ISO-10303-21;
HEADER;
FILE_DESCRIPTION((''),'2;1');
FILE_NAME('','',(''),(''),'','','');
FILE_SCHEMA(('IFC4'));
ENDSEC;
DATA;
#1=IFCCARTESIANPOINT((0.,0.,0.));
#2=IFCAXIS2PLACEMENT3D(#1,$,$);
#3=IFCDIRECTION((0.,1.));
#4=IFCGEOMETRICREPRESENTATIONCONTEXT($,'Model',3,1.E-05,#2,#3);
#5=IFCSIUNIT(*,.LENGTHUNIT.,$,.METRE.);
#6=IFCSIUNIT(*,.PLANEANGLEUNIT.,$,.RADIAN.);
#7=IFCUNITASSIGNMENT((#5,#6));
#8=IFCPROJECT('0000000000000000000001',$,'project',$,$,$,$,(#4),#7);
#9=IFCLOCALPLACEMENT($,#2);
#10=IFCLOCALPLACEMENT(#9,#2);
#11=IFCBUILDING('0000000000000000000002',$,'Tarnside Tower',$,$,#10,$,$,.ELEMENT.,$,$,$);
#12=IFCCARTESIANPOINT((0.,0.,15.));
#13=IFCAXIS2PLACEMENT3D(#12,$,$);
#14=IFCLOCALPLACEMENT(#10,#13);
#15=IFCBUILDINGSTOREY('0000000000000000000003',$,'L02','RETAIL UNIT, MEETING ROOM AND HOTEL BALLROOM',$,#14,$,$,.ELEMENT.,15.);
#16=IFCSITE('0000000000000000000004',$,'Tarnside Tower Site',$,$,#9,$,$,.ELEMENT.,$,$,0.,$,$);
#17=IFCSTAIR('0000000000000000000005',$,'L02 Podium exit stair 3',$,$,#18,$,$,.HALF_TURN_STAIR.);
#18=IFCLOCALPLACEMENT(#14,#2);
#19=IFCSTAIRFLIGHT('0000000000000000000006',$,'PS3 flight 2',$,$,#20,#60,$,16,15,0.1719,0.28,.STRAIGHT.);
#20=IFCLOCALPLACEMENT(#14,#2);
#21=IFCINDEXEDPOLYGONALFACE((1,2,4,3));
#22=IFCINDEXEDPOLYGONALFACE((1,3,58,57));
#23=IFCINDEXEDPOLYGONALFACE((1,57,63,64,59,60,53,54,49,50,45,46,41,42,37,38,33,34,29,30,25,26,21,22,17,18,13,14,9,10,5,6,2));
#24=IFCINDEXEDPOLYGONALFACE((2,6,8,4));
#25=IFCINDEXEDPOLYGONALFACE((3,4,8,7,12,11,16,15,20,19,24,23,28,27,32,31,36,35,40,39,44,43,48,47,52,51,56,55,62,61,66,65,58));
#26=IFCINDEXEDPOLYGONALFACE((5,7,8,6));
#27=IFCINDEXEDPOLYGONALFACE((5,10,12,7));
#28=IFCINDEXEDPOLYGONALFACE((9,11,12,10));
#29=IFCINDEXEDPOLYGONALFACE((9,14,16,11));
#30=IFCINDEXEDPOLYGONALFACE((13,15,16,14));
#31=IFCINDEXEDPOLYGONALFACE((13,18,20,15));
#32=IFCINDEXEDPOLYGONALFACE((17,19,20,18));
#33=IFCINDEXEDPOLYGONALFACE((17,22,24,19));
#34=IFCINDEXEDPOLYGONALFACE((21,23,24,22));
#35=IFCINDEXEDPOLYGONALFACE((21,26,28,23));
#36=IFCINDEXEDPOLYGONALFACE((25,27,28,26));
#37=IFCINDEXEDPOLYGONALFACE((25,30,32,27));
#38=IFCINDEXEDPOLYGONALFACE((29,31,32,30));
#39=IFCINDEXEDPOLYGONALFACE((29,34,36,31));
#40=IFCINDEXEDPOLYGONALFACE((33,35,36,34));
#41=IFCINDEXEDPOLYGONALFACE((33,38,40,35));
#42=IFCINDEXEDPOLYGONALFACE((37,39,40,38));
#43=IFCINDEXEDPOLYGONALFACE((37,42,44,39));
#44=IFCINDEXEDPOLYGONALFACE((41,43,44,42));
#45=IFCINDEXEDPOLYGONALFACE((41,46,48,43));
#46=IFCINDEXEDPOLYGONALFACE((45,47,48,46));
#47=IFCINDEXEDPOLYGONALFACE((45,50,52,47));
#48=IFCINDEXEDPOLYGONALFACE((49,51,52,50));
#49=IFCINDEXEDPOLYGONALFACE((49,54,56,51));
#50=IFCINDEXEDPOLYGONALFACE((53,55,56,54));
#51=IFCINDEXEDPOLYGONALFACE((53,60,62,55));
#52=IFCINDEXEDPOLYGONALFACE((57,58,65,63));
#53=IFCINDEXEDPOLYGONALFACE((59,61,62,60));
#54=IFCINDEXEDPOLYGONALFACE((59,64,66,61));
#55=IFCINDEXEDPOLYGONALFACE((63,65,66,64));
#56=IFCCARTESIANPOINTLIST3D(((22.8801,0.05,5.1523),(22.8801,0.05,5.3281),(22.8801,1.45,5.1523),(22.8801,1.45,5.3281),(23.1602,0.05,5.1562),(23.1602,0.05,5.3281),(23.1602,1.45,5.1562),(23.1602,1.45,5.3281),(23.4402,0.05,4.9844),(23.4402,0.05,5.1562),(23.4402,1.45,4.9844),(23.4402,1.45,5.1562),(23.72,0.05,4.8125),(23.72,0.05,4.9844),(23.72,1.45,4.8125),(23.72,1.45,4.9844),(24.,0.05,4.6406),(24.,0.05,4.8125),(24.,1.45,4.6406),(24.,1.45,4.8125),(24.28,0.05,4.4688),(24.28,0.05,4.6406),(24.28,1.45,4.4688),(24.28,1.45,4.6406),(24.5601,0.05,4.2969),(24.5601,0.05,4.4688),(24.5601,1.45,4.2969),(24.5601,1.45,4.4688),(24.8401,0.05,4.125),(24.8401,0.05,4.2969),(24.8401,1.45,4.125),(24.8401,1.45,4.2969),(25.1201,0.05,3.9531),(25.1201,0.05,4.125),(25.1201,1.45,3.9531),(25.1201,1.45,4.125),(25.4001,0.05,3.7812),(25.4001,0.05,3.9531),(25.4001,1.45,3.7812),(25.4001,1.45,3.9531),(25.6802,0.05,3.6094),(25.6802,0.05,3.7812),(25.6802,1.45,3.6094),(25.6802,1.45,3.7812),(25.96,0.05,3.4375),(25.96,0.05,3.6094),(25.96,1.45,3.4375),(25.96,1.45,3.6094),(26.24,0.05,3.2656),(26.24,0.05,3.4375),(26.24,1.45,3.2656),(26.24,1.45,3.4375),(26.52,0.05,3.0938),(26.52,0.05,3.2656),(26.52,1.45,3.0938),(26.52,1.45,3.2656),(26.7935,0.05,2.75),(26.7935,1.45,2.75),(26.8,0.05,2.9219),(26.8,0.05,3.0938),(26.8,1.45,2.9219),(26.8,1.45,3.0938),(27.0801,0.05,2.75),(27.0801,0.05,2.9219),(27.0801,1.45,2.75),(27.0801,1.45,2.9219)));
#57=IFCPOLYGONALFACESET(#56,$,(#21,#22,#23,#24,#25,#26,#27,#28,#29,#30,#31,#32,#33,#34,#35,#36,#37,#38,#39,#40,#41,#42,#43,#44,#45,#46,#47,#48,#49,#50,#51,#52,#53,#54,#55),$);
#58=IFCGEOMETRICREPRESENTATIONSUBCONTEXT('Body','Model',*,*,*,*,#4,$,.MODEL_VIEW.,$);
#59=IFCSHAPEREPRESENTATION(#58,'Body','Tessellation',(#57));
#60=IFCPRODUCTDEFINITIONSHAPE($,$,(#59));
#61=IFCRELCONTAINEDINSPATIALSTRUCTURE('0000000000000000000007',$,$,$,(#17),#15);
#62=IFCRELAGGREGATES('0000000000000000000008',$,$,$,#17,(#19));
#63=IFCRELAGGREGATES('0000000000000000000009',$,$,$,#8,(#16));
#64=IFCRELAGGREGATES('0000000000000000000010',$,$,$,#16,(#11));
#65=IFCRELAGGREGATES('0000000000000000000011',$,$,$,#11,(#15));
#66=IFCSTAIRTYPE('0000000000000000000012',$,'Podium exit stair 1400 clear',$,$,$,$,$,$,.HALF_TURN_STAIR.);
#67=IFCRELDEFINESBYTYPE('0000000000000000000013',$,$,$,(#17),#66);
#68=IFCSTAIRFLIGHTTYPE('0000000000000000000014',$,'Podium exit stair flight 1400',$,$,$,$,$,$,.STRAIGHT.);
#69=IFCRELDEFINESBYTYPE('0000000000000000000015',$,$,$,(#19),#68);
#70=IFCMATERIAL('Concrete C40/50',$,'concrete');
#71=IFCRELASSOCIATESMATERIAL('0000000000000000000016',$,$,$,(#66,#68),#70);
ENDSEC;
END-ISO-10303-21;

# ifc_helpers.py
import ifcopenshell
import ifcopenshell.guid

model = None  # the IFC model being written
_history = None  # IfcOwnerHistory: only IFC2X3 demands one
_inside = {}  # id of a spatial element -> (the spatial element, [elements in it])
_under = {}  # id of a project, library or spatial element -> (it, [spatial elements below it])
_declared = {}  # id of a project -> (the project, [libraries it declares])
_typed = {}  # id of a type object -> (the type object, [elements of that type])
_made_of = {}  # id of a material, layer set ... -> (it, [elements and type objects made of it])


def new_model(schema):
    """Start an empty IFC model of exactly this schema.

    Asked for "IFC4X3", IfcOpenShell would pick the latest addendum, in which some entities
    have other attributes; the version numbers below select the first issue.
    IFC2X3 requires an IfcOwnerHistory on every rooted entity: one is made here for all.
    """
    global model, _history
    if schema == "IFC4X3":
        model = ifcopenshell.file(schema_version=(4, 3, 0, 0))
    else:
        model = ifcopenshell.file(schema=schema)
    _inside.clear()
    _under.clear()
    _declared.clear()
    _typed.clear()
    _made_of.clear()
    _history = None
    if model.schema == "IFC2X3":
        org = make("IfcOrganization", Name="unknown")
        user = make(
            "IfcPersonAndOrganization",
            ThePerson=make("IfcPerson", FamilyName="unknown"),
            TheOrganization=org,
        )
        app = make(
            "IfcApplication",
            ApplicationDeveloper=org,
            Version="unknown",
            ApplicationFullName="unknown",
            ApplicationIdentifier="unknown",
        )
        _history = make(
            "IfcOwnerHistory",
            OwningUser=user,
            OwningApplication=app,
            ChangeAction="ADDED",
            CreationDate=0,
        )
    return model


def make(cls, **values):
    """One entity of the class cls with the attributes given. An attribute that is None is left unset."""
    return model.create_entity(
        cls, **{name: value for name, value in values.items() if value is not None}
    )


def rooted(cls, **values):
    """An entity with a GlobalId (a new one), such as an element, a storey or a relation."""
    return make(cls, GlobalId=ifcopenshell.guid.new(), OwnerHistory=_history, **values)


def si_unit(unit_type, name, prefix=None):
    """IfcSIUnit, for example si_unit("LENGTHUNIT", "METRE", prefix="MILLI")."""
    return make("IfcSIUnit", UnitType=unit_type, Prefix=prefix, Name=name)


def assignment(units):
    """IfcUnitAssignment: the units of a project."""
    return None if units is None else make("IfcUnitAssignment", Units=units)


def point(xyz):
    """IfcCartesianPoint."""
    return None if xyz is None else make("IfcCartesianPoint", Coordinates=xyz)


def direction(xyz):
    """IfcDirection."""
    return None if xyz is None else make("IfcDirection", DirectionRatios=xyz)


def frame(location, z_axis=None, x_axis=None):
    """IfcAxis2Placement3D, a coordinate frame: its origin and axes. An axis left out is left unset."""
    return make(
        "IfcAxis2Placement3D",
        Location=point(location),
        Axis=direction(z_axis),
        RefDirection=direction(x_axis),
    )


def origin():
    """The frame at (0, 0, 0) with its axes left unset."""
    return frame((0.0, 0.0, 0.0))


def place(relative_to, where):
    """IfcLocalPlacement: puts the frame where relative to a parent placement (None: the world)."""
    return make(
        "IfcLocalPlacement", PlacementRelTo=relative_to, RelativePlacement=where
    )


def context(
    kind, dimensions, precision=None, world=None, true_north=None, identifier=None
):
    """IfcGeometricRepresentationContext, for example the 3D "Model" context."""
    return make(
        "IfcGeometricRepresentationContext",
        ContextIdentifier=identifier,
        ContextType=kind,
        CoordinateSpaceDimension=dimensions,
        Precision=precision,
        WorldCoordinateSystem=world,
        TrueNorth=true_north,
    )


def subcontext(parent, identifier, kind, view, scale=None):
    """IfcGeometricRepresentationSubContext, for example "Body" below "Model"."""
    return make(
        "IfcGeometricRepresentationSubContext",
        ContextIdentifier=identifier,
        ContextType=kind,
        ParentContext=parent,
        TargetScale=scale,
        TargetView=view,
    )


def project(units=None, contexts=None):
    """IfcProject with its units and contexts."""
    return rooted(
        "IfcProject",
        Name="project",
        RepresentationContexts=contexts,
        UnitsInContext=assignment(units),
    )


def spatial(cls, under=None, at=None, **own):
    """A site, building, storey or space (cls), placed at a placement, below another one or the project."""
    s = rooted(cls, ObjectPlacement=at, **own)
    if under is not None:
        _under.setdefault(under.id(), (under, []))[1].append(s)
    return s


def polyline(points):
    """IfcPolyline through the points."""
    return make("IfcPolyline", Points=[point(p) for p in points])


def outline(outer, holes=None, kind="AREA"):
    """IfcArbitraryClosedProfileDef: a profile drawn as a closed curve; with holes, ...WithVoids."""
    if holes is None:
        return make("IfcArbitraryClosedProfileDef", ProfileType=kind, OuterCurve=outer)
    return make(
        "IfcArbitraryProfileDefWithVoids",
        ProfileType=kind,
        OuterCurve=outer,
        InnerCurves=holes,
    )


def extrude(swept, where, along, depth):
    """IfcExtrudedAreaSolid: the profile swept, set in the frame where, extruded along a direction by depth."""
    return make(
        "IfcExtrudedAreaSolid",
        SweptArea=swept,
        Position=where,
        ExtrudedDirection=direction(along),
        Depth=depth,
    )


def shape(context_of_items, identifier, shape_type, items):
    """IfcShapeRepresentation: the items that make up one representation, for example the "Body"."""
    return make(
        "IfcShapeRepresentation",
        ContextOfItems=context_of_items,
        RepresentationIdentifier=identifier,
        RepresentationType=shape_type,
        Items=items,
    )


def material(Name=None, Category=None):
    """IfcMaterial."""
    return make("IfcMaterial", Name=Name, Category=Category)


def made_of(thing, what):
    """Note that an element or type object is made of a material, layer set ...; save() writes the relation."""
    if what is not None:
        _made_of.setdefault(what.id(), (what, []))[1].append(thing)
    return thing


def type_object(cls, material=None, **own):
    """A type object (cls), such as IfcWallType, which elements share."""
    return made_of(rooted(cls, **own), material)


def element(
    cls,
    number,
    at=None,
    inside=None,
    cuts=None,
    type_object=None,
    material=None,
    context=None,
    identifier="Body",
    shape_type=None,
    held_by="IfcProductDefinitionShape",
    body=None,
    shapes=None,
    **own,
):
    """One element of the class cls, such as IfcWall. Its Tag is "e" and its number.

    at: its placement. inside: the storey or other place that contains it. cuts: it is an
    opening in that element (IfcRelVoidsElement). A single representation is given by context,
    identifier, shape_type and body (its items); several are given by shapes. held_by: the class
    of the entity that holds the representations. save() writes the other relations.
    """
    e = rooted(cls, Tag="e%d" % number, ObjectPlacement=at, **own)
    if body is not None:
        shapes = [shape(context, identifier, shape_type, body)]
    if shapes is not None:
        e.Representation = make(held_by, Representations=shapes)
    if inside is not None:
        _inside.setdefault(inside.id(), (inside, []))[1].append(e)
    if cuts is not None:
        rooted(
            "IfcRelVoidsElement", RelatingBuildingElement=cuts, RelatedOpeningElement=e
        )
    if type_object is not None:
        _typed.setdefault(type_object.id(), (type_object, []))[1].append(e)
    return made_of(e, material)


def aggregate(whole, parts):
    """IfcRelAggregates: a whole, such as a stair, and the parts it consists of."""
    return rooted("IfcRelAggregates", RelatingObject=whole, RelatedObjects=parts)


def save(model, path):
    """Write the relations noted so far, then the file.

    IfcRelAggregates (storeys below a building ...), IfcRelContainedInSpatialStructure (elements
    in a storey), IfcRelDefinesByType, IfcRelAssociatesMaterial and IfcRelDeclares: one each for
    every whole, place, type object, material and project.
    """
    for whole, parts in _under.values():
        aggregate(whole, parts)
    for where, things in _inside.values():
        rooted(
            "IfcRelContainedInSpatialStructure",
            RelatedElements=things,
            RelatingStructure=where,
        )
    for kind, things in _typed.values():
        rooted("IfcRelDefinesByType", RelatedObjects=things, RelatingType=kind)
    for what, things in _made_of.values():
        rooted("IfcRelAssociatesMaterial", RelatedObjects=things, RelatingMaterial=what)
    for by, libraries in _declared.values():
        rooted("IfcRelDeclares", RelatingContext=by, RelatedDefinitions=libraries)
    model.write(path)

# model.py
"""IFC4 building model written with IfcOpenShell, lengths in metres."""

from ifc_helpers import new_model, si_unit, direction, frame, origin, place, context, subcontext, project, spatial, polyline, outline, extrude, material, type_object, element, aggregate, save


model = new_model("IFC4")

# Units and contexts
model_context = context("Model", 3, precision=1e-05, world=origin(), true_north=direction((0.0, 1.0)))
body_context = subcontext(model_context, "Body", "Model", "MODEL_VIEW")
ifc_project = project(units=[si_unit("LENGTHUNIT", "METRE"), si_unit("PLANEANGLEUNIT", "RADIAN")], contexts=[model_context])

# Site, building, storey
site_placement = place(None, origin())
site = spatial("IfcSite", under=ifc_project, at=site_placement, Name="Tarnside Tower Site", CompositionType="ELEMENT", RefElevation=0.0)
building_placement = place(site_placement, origin())
building = spatial("IfcBuilding", under=site, at=building_placement, Name="Tarnside Tower", CompositionType="ELEMENT")
storey_placement = place(building_placement, frame((0.0, 0.0, 15.0)))
storey = spatial("IfcBuildingStorey", under=building, at=storey_placement, Name="L02", Description="RETAIL UNIT, MEETING ROOM AND HOTEL BALLROOM", CompositionType="ELEMENT", Elevation=15.0)

# Stair, stair flight
ifc_material_1 = material(Name="Concrete C40/50", Category="concrete")
stair_type = type_object("IfcStairType", Name="Podium exit stair 1400 clear", PredefinedType="HALF_TURN_STAIR", material=ifc_material_1)
stair_placement = place(storey_placement, origin())
stair = element("IfcStair", 1, at=stair_placement, inside=storey, type_object=stair_type, Name="L02 Podium exit stair 3", PredefinedType="HALF_TURN_STAIR")
stair_flight_type = type_object("IfcStairFlightType", Name="Podium exit stair flight 1400", PredefinedType="STRAIGHT", material=ifc_material_1)
stair_flight_placement = place(storey_placement, frame((27.0801, 0.75, 2.75), z_axis=(0.0, 0.0, 1.0), x_axis=(-1.0, 0.0, 0.0)))
stair_flight = element("IfcStairFlight", 2, at=stair_flight_placement, type_object=stair_flight_type, Name="PS3 flight 2", NumberOfRisers=16, NumberOfTreads=15, PredefinedType="STRAIGHT", RiserHeight=0.1719, TreadLength=0.28, context=body_context, shape_type="SweptSolid", body=[
    extrude(outline(polyline([(0.0, 0.0), (0.0, 0.1719), (0.28, 0.1719), (0.28, 0.3438), (0.5601, 0.3438), (0.5601, 0.5156), (0.8401, 0.5156), (0.8401, 0.6875), (1.1201, 0.6875), (1.1201, 0.8594), (1.3999, 0.8594), (1.3999, 1.0312), (1.6799, 1.0312), (1.6799, 1.2031), (1.96, 1.2031), (1.96, 1.375), (2.24, 1.375), (2.24, 1.5469), (2.52, 1.5469), (2.52, 1.7188), (2.8, 1.7188), (2.8, 1.8906), (3.0801, 1.8906), (3.0801, 2.0625), (3.3601, 2.0625), (3.3601, 2.2344), (3.6399, 2.2344), (3.6399, 2.4062), (3.9199, 2.4062), (3.9199, 2.5781), (4.2, 2.5781), (4.2, 2.75), (4.2, 2.4023), (0.2866, 0.0), (0.0, 0.0)])), frame((0.0, 0.7, 0.0), z_axis=(0.0, -1.0, 0.0), x_axis=(1.0, 0.0, 0.0)), (0.0, 0.0, 1.0), 1.3999),
])
aggregate(stair, [stair_flight])

save(model, "model.ifc")
